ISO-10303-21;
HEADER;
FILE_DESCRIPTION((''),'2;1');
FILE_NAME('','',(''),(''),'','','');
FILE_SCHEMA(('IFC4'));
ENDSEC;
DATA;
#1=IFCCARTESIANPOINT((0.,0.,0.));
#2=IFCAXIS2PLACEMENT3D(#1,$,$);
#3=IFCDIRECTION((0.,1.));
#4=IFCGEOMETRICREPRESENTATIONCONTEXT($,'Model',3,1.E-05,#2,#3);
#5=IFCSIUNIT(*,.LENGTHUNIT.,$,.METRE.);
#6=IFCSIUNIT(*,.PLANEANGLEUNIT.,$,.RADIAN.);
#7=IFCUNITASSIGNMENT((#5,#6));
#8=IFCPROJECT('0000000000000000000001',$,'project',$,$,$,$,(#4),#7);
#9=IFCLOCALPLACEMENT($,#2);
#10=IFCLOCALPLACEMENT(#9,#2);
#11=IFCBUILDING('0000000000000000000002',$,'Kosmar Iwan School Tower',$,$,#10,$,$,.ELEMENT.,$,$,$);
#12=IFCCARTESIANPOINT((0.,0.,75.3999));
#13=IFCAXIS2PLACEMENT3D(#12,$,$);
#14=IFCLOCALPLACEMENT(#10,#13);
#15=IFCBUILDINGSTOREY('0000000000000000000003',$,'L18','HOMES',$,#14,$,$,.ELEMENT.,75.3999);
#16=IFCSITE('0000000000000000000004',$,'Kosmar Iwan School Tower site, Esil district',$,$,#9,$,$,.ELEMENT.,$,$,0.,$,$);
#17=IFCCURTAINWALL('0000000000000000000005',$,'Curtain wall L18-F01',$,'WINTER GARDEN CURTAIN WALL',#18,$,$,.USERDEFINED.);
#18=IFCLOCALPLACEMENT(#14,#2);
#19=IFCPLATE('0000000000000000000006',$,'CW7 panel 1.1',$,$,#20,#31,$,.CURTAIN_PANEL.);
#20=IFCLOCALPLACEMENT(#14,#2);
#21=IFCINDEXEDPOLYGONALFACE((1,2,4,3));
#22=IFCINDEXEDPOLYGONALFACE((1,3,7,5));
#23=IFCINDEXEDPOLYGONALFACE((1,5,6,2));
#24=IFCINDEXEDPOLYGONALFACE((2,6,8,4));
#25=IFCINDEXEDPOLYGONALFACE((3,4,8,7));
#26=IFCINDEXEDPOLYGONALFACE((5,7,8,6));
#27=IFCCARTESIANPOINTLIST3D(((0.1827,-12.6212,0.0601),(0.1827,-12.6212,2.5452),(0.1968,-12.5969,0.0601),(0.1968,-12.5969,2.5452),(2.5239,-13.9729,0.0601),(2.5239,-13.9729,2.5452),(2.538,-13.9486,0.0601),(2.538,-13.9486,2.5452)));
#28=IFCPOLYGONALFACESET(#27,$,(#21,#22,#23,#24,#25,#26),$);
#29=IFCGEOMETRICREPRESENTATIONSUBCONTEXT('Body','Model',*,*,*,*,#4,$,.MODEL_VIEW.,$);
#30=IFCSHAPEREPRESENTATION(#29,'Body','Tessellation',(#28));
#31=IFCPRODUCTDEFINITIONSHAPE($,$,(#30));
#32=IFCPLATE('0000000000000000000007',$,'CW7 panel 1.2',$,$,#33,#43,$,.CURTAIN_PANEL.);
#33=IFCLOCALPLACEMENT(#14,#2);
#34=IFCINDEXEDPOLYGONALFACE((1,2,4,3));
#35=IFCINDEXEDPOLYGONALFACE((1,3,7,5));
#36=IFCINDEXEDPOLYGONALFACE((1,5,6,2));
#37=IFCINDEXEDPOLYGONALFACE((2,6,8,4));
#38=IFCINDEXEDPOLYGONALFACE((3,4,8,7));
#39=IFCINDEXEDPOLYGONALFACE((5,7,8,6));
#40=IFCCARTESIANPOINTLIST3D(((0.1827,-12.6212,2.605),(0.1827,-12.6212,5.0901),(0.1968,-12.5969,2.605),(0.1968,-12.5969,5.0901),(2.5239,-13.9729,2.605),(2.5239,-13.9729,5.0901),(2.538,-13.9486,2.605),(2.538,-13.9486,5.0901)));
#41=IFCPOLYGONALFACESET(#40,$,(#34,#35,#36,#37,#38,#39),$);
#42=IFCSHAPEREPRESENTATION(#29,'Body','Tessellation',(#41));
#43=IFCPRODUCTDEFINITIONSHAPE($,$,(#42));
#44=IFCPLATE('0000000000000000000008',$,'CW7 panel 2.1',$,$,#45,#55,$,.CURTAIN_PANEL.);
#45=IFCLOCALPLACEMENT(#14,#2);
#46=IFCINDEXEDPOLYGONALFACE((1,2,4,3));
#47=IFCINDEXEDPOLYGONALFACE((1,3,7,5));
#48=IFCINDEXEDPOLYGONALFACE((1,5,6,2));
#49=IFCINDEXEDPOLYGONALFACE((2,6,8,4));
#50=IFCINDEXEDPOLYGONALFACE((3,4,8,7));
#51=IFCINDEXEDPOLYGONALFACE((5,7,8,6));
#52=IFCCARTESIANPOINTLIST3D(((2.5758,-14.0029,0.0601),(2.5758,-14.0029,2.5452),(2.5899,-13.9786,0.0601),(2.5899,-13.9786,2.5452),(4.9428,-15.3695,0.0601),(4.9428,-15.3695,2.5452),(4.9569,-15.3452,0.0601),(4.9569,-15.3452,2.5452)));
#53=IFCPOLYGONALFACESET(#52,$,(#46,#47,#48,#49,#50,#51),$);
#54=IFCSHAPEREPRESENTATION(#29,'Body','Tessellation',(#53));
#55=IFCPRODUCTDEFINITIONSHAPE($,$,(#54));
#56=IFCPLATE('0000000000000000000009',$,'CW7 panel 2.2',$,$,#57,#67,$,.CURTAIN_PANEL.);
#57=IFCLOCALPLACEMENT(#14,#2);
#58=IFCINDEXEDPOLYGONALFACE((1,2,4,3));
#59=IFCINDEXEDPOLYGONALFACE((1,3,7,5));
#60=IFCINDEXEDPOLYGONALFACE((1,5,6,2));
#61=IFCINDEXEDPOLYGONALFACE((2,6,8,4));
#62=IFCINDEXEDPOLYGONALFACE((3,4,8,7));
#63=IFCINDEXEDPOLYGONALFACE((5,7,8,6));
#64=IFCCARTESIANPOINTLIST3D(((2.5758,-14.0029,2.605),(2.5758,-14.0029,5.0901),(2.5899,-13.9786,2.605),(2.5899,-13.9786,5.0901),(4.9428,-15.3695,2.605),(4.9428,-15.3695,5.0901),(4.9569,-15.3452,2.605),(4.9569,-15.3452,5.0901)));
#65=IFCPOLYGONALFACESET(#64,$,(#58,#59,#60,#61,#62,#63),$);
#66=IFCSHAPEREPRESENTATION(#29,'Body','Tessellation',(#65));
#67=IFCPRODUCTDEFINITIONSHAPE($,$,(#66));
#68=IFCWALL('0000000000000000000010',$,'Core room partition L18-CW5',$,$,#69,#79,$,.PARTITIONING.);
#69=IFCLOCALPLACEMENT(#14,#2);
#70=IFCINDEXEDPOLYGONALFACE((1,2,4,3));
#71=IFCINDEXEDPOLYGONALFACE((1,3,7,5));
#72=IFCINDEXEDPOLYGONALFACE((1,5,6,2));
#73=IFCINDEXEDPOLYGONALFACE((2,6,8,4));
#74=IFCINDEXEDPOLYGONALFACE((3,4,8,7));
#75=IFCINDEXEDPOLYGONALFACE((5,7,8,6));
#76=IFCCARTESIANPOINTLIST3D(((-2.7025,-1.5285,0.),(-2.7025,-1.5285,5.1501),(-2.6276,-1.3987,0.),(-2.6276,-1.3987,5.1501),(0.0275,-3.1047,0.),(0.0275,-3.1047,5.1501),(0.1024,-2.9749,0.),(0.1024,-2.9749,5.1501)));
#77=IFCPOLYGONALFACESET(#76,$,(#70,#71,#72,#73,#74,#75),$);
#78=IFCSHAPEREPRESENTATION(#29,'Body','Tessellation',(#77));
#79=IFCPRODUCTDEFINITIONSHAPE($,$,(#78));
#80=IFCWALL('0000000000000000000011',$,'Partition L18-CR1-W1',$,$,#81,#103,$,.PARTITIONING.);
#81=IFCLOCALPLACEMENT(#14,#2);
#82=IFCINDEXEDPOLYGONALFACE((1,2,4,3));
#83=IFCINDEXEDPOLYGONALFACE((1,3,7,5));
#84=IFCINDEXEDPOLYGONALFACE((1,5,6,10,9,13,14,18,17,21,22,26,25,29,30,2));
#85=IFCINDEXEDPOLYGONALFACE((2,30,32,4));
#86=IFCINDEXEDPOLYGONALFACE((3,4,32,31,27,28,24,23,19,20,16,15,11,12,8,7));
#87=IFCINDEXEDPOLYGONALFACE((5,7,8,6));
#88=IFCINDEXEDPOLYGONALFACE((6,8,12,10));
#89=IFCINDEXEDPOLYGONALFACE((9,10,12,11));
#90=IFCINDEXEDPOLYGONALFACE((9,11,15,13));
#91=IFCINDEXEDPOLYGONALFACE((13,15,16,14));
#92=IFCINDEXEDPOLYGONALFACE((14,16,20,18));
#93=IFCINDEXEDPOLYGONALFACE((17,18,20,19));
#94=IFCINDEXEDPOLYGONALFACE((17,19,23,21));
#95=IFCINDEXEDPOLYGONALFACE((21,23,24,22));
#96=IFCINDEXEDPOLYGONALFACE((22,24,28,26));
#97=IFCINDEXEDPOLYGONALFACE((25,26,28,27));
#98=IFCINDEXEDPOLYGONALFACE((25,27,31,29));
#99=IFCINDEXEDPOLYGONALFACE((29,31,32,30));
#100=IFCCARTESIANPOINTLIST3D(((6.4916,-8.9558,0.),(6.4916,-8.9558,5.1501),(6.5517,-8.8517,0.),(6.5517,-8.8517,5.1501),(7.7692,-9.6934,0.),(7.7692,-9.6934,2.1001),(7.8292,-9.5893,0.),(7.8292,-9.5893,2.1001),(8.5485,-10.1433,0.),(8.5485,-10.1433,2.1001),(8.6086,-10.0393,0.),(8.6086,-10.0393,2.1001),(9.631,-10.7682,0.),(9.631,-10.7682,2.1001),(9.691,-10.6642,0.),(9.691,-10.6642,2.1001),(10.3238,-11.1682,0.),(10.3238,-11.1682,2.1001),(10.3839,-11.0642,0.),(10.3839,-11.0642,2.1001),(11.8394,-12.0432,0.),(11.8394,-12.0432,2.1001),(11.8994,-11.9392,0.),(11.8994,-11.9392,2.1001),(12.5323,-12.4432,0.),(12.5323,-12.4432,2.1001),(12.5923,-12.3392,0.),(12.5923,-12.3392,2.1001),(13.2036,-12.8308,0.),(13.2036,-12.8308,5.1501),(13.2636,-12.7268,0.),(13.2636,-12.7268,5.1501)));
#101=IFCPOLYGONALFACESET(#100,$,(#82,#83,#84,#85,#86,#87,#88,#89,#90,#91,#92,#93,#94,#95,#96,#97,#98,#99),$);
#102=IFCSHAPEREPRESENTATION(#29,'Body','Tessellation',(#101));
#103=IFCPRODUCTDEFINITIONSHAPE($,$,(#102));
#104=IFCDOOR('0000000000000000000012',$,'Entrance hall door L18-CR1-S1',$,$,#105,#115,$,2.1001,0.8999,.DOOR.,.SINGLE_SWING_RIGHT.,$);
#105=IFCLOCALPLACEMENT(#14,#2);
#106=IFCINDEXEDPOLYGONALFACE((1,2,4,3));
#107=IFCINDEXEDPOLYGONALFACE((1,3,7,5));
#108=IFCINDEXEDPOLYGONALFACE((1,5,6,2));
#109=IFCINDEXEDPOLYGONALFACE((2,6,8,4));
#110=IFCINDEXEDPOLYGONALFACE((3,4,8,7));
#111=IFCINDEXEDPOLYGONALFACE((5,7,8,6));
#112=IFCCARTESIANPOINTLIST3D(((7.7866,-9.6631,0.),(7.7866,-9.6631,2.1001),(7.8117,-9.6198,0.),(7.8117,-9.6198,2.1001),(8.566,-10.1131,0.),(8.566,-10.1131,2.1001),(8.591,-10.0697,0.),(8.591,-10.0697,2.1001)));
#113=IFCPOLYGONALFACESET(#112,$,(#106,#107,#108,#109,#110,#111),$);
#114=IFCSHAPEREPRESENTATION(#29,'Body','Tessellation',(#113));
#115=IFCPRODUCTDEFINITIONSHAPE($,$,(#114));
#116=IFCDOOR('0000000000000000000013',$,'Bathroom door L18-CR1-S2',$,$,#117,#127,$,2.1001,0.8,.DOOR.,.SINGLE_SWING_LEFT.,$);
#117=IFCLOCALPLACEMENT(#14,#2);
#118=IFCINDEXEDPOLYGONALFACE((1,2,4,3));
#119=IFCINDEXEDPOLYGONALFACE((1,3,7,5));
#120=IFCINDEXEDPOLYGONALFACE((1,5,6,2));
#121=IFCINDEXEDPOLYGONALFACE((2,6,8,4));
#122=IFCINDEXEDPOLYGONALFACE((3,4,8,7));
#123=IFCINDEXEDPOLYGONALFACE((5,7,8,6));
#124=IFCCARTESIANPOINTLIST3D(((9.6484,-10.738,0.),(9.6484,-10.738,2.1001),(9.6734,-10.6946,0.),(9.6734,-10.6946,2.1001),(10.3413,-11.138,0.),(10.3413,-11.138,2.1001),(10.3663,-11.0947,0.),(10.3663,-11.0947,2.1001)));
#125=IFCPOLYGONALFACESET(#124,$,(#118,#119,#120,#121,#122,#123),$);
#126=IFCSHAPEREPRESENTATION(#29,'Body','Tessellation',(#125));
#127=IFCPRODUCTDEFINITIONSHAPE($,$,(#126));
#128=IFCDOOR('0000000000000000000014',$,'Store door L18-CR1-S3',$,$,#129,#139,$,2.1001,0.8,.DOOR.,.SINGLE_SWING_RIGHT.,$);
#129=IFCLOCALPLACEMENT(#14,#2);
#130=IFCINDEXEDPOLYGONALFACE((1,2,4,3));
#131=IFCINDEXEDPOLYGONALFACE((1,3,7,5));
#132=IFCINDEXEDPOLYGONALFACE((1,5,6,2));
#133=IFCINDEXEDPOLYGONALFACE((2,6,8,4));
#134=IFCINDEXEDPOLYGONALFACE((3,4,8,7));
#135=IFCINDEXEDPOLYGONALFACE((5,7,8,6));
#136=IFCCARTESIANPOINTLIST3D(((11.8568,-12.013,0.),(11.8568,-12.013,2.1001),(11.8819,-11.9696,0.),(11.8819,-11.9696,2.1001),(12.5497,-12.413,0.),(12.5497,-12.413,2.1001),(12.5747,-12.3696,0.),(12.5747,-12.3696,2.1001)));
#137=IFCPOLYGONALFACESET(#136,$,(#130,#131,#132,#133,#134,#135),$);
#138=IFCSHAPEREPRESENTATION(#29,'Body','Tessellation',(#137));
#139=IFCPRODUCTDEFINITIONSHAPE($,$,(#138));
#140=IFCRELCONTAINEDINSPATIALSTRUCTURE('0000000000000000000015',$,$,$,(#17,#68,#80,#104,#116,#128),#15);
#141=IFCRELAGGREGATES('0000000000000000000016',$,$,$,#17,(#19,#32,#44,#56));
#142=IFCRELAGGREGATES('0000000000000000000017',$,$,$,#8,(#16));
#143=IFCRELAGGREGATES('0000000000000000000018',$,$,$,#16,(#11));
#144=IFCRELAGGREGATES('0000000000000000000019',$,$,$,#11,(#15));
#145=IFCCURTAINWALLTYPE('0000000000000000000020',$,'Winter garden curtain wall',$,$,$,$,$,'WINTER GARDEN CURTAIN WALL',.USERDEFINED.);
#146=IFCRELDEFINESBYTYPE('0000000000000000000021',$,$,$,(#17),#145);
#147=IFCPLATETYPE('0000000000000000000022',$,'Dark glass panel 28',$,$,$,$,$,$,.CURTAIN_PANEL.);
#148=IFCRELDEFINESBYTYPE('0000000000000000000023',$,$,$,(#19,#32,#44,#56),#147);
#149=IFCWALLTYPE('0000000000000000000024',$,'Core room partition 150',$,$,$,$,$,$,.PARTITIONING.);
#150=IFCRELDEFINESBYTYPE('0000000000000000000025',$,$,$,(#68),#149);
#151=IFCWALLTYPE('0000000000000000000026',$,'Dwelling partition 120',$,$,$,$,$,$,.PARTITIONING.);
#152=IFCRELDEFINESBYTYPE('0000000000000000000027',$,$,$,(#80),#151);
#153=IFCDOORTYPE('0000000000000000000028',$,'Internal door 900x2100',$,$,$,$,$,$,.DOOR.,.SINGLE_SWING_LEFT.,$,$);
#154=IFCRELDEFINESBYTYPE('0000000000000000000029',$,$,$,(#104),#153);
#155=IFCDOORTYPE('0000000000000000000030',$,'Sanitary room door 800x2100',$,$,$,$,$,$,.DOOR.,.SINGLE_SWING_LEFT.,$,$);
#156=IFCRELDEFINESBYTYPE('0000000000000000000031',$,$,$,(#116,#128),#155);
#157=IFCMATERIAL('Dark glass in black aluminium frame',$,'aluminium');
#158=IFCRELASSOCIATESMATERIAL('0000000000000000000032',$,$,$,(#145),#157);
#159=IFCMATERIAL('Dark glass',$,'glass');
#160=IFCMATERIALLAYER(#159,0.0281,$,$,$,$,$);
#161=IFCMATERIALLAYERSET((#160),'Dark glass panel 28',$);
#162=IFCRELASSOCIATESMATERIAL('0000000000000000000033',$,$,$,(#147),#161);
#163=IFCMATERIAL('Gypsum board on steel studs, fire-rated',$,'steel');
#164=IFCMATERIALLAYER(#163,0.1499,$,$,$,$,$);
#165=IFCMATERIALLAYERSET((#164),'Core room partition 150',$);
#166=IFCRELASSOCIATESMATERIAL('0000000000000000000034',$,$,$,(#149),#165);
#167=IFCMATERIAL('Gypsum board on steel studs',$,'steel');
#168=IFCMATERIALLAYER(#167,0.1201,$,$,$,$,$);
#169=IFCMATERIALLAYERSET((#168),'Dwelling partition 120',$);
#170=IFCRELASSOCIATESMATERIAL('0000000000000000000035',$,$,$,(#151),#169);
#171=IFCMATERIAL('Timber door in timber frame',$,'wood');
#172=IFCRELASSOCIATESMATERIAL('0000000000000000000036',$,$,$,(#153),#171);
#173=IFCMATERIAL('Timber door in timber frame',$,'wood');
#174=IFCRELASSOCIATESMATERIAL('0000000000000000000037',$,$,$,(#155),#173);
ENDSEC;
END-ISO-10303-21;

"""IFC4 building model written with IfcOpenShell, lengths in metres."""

from ifc_helpers import new_model, si_unit, direction, frame, frame_2d, origin, origin_2d, place, context, subcontext, project, spatial, rectangle, extrude, material, layer, layer_set, type_object, element, fill, aggregate, save


model = new_model("IFC4")

# Units and contexts
model_context = context("Model", 3, precision=1e-05, world=origin(), true_north=direction((0.0, 1.0)))
body_context = subcontext(model_context, "Body", "Model", "MODEL_VIEW")
ifc_project = project(units=[si_unit("LENGTHUNIT", "METRE"), si_unit("PLANEANGLEUNIT", "RADIAN")], contexts=[model_context])

# Site, building, storey
site_placement = place(None, origin())
site = spatial("IfcSite", under=ifc_project, at=site_placement, Name="Kosmar Iwan School Tower site, Esil district", CompositionType="ELEMENT", RefElevation=0.0)
building_placement = place(site_placement, origin())
building = spatial("IfcBuilding", under=site, at=building_placement, Name="Kosmar Iwan School Tower", CompositionType="ELEMENT")
storey_placement = place(building_placement, frame((0.0, 0.0, 75.3999)))
storey = spatial("IfcBuildingStorey", under=building, at=storey_placement, Name="L18", Description="HOMES", CompositionType="ELEMENT", Elevation=75.3999)

# Curtain wall
ifc_material_1 = material(Name="Dark glass in black aluminium frame", Category="aluminium")
curtain_wall_type = type_object("IfcCurtainWallType", Name="Winter garden curtain wall", ElementType="WINTER GARDEN CURTAIN WALL", PredefinedType="USERDEFINED", material=ifc_material_1)
curtain_wall_placement = place(storey_placement, origin())
curtain_wall = element("IfcCurtainWall", 1, at=curtain_wall_placement, inside=storey, type_object=curtain_wall_type, Name="Curtain wall L18-F01", ObjectType="WINTER GARDEN CURTAIN WALL", PredefinedType="USERDEFINED")

# Plates
ifc_material_2 = material(Name="Dark glass", Category="glass")
ifc_layer_1 = layer(ifc_material_2, 0.0281)
ifc_layer_set_1 = layer_set([ifc_layer_1], Name="Dark glass panel 28")
plate_type = type_object("IfcPlateType", Name="Dark glass panel 28", PredefinedType="CURTAIN_PANEL", material=ifc_layer_set_1)
plate_1_placement = place(storey_placement, frame((1.3604, -13.2849, 0.0601), z_axis=(0.0, 0.0, 1.0), x_axis=(0.866025, -0.5, 0.0)))
plate_1 = element("IfcPlate", 2, at=plate_1_placement, type_object=plate_type, Name="CW7 panel 1.1", PredefinedType="CURTAIN_PANEL", context=body_context, shape_type="SweptSolid", body=[
    extrude(rectangle(XDim=2.7034, YDim=0.0281, at=origin_2d()), origin(), (0.0, 0.0, 1.0), 2.4851),
])
plate_2_placement = place(storey_placement, frame((1.3604, -13.2849, 2.605), z_axis=(0.0, 0.0, 1.0), x_axis=(0.866025, -0.5, 0.0)))
plate_2 = element("IfcPlate", 3, at=plate_2_placement, type_object=plate_type, Name="CW7 panel 1.2", PredefinedType="CURTAIN_PANEL", context=body_context, shape_type="SweptSolid", body=[
    extrude(rectangle(XDim=2.7034, YDim=0.0281, at=origin_2d()), origin(), (0.0, 0.0, 1.0), 2.4851),
])
plate_3_placement = place(storey_placement, frame((3.7664, -14.6741, 0.0601), z_axis=(0.0, 0.0, 1.0), x_axis=(0.866025, -0.5, 0.0)))
plate_3 = element("IfcPlate", 4, at=plate_3_placement, type_object=plate_type, Name="CW7 panel 2.1", PredefinedType="CURTAIN_PANEL", context=body_context, shape_type="SweptSolid", body=[
    extrude(rectangle(XDim=2.7332, YDim=0.0281, at=origin_2d()), origin(), (0.0, 0.0, 1.0), 2.4851),
])
plate_4_placement = place(storey_placement, frame((3.7664, -14.6741, 2.605), z_axis=(0.0, 0.0, 1.0), x_axis=(0.866025, -0.5, 0.0)))
plate_4 = element("IfcPlate", 5, at=plate_4_placement, type_object=plate_type, Name="CW7 panel 2.2", PredefinedType="CURTAIN_PANEL", context=body_context, shape_type="SweptSolid", body=[
    extrude(rectangle(XDim=2.7332, YDim=0.0281, at=origin_2d()), origin(), (0.0, 0.0, 1.0), 2.4851),
])
aggregate(curtain_wall, [plate_1, plate_2, plate_3, plate_4])

# Wall
ifc_material_3 = material(Name="Gypsum board on steel studs, fire-rated", Category="steel")
ifc_layer_2 = layer(ifc_material_3, 0.1499)
ifc_layer_set_2 = layer_set([ifc_layer_2], Name="Core room partition 150")
wall_type_1 = type_object("IfcWallType", Name="Core room partition 150", PredefinedType="PARTITIONING", material=ifc_layer_set_2)
wall_1_placement = place(storey_placement, frame((0.0649, -3.0398, 0.0), z_axis=(0.0, 0.0, 1.0), x_axis=(-0.866023, 0.500004, 0.0)))
element("IfcWall", 6, at=wall_1_placement, inside=storey, type_object=wall_type_1, Name="Core room partition L18-CW5", PredefinedType="PARTITIONING", context=body_context, shape_type="SweptSolid", body=[
    extrude(rectangle(XDim=3.1523, YDim=0.1499, at=frame_2d((1.5762, 0.0))), origin(), (0.0, 0.0, 1.0), 5.1501),
])

# Wall, openings, doors
ifc_material_4 = material(Name="Gypsum board on steel studs", Category="steel")
ifc_layer_3 = layer(ifc_material_4, 0.1201)
ifc_layer_set_3 = layer_set([ifc_layer_3], Name="Dwelling partition 120")
wall_type_2 = type_object("IfcWallType", Name="Dwelling partition 120", PredefinedType="PARTITIONING", material=ifc_layer_set_3)
wall_2_placement = place(storey_placement, frame((6.5217, -8.9038, 0.0), z_axis=(0.0, 0.0, 1.0), x_axis=(0.866032, -0.499988, 0.0)))
wall_2 = element("IfcWall", 7, at=wall_2_placement, inside=storey, type_object=wall_type_2, Name="Partition L18-CR1-W1", PredefinedType="PARTITIONING", context=body_context, shape_type="SweptSolid", body=[
    extrude(rectangle(XDim=7.7502, YDim=0.1201, at=frame_2d((3.875, 0.0))), origin(), (0.0, 0.0, 1.0), 5.1501),
])
opening_1_placement = place(wall_2_placement, frame((1.4751, 0.0, 0.0)))
opening_1 = element("IfcOpeningElement", 8, at=opening_1_placement, cuts=wall_2, PredefinedType="OPENING", context=body_context, shape_type="SweptSolid", body=[
    extrude(rectangle(XDim=0.8999, YDim=2.1001, at=frame_2d((0.45, 1.05))), frame((0.0, 0.072, 0.0), z_axis=(0.0, -1.0, 0.0), x_axis=(1.0, 0.0, 0.0)), (0.0, 0.0, 1.0), 0.144),
])
opening_2_placement = place(wall_2_placement, frame((3.625, 0.0, 0.0)))
opening_2 = element("IfcOpeningElement", 9, at=opening_2_placement, cuts=wall_2, PredefinedType="OPENING", context=body_context, shape_type="SweptSolid", body=[
    extrude(rectangle(XDim=0.8, YDim=2.1001, at=frame_2d((0.3999, 1.05))), frame((0.0, 0.072, 0.0), z_axis=(0.0, -1.0, 0.0), x_axis=(1.0, 0.0, 0.0)), (0.0, 0.0, 1.0), 0.144),
])
opening_3_placement = place(wall_2_placement, frame((6.175, 0.0, 0.0)))
opening_3 = element("IfcOpeningElement", 10, at=opening_3_placement, cuts=wall_2, PredefinedType="OPENING", context=body_context, shape_type="SweptSolid", body=[
    extrude(rectangle(XDim=0.8, YDim=2.1001, at=frame_2d((0.3999, 1.05))), frame((0.0, 0.072, 0.0), z_axis=(0.0, -1.0, 0.0), x_axis=(1.0, 0.0, 0.0)), (0.0, 0.0, 1.0), 0.144),
])
ifc_material_5 = material(Name="Timber door in timber frame", Category="wood")
door_type_1 = type_object("IfcDoorType", Name="Internal door 900x2100", OperationType="SINGLE_SWING_LEFT", PredefinedType="DOOR", material=ifc_material_5)
door_1_placement = place(opening_1_placement, origin())
door_1 = element("IfcDoor", 11, at=door_1_placement, inside=storey, type_object=door_type_1, Name="Entrance hall door L18-CR1-S1", OperationType="SINGLE_SWING_RIGHT", OverallHeight=2.1001, OverallWidth=0.8999, PredefinedType="DOOR", context=body_context, shape_type="SweptSolid", body=[
    extrude(rectangle(XDim=0.8999, YDim=2.1001, at=frame_2d((0.45, 1.05))), frame((0.0, 0.0249, 0.0), z_axis=(0.0, -1.0, 0.0), x_axis=(1.0, 0.0, 0.0)), (0.0, 0.0, 1.0), 0.05),
])
fill(opening_1, door_1)
ifc_material_6 = material(Name="Timber door in timber frame", Category="wood")
door_type_2 = type_object("IfcDoorType", Name="Sanitary room door 800x2100", OperationType="SINGLE_SWING_LEFT", PredefinedType="DOOR", material=ifc_material_6)
door_2_placement = place(opening_2_placement, origin())
door_2 = element("IfcDoor", 12, at=door_2_placement, inside=storey, type_object=door_type_2, Name="Bathroom door L18-CR1-S2", OperationType="SINGLE_SWING_LEFT", OverallHeight=2.1001, OverallWidth=0.8, PredefinedType="DOOR", context=body_context, shape_type="SweptSolid", body=[
    extrude(rectangle(XDim=0.8, YDim=2.1001, at=frame_2d((0.3999, 1.05))), frame((0.0, 0.0249, 0.0), z_axis=(0.0, -1.0, 0.0), x_axis=(1.0, 0.0, 0.0)), (0.0, 0.0, 1.0), 0.05),
])
fill(opening_2, door_2)
door_3_placement = place(opening_3_placement, origin())
door_3 = element("IfcDoor", 13, at=door_3_placement, inside=storey, type_object=door_type_2, Name="Store door L18-CR1-S3", OperationType="SINGLE_SWING_RIGHT", OverallHeight=2.1001, OverallWidth=0.8, PredefinedType="DOOR", context=body_context, shape_type="SweptSolid", body=[
    extrude(rectangle(XDim=0.8, YDim=2.1001, at=frame_2d((0.3999, 1.05))), frame((0.0, 0.0249, 0.0), z_axis=(0.0, -1.0, 0.0), x_axis=(1.0, 0.0, 0.0)), (0.0, 0.0, 1.0), 0.05),
])
fill(opening_3, door_3)

save(model, "model.ifc")
